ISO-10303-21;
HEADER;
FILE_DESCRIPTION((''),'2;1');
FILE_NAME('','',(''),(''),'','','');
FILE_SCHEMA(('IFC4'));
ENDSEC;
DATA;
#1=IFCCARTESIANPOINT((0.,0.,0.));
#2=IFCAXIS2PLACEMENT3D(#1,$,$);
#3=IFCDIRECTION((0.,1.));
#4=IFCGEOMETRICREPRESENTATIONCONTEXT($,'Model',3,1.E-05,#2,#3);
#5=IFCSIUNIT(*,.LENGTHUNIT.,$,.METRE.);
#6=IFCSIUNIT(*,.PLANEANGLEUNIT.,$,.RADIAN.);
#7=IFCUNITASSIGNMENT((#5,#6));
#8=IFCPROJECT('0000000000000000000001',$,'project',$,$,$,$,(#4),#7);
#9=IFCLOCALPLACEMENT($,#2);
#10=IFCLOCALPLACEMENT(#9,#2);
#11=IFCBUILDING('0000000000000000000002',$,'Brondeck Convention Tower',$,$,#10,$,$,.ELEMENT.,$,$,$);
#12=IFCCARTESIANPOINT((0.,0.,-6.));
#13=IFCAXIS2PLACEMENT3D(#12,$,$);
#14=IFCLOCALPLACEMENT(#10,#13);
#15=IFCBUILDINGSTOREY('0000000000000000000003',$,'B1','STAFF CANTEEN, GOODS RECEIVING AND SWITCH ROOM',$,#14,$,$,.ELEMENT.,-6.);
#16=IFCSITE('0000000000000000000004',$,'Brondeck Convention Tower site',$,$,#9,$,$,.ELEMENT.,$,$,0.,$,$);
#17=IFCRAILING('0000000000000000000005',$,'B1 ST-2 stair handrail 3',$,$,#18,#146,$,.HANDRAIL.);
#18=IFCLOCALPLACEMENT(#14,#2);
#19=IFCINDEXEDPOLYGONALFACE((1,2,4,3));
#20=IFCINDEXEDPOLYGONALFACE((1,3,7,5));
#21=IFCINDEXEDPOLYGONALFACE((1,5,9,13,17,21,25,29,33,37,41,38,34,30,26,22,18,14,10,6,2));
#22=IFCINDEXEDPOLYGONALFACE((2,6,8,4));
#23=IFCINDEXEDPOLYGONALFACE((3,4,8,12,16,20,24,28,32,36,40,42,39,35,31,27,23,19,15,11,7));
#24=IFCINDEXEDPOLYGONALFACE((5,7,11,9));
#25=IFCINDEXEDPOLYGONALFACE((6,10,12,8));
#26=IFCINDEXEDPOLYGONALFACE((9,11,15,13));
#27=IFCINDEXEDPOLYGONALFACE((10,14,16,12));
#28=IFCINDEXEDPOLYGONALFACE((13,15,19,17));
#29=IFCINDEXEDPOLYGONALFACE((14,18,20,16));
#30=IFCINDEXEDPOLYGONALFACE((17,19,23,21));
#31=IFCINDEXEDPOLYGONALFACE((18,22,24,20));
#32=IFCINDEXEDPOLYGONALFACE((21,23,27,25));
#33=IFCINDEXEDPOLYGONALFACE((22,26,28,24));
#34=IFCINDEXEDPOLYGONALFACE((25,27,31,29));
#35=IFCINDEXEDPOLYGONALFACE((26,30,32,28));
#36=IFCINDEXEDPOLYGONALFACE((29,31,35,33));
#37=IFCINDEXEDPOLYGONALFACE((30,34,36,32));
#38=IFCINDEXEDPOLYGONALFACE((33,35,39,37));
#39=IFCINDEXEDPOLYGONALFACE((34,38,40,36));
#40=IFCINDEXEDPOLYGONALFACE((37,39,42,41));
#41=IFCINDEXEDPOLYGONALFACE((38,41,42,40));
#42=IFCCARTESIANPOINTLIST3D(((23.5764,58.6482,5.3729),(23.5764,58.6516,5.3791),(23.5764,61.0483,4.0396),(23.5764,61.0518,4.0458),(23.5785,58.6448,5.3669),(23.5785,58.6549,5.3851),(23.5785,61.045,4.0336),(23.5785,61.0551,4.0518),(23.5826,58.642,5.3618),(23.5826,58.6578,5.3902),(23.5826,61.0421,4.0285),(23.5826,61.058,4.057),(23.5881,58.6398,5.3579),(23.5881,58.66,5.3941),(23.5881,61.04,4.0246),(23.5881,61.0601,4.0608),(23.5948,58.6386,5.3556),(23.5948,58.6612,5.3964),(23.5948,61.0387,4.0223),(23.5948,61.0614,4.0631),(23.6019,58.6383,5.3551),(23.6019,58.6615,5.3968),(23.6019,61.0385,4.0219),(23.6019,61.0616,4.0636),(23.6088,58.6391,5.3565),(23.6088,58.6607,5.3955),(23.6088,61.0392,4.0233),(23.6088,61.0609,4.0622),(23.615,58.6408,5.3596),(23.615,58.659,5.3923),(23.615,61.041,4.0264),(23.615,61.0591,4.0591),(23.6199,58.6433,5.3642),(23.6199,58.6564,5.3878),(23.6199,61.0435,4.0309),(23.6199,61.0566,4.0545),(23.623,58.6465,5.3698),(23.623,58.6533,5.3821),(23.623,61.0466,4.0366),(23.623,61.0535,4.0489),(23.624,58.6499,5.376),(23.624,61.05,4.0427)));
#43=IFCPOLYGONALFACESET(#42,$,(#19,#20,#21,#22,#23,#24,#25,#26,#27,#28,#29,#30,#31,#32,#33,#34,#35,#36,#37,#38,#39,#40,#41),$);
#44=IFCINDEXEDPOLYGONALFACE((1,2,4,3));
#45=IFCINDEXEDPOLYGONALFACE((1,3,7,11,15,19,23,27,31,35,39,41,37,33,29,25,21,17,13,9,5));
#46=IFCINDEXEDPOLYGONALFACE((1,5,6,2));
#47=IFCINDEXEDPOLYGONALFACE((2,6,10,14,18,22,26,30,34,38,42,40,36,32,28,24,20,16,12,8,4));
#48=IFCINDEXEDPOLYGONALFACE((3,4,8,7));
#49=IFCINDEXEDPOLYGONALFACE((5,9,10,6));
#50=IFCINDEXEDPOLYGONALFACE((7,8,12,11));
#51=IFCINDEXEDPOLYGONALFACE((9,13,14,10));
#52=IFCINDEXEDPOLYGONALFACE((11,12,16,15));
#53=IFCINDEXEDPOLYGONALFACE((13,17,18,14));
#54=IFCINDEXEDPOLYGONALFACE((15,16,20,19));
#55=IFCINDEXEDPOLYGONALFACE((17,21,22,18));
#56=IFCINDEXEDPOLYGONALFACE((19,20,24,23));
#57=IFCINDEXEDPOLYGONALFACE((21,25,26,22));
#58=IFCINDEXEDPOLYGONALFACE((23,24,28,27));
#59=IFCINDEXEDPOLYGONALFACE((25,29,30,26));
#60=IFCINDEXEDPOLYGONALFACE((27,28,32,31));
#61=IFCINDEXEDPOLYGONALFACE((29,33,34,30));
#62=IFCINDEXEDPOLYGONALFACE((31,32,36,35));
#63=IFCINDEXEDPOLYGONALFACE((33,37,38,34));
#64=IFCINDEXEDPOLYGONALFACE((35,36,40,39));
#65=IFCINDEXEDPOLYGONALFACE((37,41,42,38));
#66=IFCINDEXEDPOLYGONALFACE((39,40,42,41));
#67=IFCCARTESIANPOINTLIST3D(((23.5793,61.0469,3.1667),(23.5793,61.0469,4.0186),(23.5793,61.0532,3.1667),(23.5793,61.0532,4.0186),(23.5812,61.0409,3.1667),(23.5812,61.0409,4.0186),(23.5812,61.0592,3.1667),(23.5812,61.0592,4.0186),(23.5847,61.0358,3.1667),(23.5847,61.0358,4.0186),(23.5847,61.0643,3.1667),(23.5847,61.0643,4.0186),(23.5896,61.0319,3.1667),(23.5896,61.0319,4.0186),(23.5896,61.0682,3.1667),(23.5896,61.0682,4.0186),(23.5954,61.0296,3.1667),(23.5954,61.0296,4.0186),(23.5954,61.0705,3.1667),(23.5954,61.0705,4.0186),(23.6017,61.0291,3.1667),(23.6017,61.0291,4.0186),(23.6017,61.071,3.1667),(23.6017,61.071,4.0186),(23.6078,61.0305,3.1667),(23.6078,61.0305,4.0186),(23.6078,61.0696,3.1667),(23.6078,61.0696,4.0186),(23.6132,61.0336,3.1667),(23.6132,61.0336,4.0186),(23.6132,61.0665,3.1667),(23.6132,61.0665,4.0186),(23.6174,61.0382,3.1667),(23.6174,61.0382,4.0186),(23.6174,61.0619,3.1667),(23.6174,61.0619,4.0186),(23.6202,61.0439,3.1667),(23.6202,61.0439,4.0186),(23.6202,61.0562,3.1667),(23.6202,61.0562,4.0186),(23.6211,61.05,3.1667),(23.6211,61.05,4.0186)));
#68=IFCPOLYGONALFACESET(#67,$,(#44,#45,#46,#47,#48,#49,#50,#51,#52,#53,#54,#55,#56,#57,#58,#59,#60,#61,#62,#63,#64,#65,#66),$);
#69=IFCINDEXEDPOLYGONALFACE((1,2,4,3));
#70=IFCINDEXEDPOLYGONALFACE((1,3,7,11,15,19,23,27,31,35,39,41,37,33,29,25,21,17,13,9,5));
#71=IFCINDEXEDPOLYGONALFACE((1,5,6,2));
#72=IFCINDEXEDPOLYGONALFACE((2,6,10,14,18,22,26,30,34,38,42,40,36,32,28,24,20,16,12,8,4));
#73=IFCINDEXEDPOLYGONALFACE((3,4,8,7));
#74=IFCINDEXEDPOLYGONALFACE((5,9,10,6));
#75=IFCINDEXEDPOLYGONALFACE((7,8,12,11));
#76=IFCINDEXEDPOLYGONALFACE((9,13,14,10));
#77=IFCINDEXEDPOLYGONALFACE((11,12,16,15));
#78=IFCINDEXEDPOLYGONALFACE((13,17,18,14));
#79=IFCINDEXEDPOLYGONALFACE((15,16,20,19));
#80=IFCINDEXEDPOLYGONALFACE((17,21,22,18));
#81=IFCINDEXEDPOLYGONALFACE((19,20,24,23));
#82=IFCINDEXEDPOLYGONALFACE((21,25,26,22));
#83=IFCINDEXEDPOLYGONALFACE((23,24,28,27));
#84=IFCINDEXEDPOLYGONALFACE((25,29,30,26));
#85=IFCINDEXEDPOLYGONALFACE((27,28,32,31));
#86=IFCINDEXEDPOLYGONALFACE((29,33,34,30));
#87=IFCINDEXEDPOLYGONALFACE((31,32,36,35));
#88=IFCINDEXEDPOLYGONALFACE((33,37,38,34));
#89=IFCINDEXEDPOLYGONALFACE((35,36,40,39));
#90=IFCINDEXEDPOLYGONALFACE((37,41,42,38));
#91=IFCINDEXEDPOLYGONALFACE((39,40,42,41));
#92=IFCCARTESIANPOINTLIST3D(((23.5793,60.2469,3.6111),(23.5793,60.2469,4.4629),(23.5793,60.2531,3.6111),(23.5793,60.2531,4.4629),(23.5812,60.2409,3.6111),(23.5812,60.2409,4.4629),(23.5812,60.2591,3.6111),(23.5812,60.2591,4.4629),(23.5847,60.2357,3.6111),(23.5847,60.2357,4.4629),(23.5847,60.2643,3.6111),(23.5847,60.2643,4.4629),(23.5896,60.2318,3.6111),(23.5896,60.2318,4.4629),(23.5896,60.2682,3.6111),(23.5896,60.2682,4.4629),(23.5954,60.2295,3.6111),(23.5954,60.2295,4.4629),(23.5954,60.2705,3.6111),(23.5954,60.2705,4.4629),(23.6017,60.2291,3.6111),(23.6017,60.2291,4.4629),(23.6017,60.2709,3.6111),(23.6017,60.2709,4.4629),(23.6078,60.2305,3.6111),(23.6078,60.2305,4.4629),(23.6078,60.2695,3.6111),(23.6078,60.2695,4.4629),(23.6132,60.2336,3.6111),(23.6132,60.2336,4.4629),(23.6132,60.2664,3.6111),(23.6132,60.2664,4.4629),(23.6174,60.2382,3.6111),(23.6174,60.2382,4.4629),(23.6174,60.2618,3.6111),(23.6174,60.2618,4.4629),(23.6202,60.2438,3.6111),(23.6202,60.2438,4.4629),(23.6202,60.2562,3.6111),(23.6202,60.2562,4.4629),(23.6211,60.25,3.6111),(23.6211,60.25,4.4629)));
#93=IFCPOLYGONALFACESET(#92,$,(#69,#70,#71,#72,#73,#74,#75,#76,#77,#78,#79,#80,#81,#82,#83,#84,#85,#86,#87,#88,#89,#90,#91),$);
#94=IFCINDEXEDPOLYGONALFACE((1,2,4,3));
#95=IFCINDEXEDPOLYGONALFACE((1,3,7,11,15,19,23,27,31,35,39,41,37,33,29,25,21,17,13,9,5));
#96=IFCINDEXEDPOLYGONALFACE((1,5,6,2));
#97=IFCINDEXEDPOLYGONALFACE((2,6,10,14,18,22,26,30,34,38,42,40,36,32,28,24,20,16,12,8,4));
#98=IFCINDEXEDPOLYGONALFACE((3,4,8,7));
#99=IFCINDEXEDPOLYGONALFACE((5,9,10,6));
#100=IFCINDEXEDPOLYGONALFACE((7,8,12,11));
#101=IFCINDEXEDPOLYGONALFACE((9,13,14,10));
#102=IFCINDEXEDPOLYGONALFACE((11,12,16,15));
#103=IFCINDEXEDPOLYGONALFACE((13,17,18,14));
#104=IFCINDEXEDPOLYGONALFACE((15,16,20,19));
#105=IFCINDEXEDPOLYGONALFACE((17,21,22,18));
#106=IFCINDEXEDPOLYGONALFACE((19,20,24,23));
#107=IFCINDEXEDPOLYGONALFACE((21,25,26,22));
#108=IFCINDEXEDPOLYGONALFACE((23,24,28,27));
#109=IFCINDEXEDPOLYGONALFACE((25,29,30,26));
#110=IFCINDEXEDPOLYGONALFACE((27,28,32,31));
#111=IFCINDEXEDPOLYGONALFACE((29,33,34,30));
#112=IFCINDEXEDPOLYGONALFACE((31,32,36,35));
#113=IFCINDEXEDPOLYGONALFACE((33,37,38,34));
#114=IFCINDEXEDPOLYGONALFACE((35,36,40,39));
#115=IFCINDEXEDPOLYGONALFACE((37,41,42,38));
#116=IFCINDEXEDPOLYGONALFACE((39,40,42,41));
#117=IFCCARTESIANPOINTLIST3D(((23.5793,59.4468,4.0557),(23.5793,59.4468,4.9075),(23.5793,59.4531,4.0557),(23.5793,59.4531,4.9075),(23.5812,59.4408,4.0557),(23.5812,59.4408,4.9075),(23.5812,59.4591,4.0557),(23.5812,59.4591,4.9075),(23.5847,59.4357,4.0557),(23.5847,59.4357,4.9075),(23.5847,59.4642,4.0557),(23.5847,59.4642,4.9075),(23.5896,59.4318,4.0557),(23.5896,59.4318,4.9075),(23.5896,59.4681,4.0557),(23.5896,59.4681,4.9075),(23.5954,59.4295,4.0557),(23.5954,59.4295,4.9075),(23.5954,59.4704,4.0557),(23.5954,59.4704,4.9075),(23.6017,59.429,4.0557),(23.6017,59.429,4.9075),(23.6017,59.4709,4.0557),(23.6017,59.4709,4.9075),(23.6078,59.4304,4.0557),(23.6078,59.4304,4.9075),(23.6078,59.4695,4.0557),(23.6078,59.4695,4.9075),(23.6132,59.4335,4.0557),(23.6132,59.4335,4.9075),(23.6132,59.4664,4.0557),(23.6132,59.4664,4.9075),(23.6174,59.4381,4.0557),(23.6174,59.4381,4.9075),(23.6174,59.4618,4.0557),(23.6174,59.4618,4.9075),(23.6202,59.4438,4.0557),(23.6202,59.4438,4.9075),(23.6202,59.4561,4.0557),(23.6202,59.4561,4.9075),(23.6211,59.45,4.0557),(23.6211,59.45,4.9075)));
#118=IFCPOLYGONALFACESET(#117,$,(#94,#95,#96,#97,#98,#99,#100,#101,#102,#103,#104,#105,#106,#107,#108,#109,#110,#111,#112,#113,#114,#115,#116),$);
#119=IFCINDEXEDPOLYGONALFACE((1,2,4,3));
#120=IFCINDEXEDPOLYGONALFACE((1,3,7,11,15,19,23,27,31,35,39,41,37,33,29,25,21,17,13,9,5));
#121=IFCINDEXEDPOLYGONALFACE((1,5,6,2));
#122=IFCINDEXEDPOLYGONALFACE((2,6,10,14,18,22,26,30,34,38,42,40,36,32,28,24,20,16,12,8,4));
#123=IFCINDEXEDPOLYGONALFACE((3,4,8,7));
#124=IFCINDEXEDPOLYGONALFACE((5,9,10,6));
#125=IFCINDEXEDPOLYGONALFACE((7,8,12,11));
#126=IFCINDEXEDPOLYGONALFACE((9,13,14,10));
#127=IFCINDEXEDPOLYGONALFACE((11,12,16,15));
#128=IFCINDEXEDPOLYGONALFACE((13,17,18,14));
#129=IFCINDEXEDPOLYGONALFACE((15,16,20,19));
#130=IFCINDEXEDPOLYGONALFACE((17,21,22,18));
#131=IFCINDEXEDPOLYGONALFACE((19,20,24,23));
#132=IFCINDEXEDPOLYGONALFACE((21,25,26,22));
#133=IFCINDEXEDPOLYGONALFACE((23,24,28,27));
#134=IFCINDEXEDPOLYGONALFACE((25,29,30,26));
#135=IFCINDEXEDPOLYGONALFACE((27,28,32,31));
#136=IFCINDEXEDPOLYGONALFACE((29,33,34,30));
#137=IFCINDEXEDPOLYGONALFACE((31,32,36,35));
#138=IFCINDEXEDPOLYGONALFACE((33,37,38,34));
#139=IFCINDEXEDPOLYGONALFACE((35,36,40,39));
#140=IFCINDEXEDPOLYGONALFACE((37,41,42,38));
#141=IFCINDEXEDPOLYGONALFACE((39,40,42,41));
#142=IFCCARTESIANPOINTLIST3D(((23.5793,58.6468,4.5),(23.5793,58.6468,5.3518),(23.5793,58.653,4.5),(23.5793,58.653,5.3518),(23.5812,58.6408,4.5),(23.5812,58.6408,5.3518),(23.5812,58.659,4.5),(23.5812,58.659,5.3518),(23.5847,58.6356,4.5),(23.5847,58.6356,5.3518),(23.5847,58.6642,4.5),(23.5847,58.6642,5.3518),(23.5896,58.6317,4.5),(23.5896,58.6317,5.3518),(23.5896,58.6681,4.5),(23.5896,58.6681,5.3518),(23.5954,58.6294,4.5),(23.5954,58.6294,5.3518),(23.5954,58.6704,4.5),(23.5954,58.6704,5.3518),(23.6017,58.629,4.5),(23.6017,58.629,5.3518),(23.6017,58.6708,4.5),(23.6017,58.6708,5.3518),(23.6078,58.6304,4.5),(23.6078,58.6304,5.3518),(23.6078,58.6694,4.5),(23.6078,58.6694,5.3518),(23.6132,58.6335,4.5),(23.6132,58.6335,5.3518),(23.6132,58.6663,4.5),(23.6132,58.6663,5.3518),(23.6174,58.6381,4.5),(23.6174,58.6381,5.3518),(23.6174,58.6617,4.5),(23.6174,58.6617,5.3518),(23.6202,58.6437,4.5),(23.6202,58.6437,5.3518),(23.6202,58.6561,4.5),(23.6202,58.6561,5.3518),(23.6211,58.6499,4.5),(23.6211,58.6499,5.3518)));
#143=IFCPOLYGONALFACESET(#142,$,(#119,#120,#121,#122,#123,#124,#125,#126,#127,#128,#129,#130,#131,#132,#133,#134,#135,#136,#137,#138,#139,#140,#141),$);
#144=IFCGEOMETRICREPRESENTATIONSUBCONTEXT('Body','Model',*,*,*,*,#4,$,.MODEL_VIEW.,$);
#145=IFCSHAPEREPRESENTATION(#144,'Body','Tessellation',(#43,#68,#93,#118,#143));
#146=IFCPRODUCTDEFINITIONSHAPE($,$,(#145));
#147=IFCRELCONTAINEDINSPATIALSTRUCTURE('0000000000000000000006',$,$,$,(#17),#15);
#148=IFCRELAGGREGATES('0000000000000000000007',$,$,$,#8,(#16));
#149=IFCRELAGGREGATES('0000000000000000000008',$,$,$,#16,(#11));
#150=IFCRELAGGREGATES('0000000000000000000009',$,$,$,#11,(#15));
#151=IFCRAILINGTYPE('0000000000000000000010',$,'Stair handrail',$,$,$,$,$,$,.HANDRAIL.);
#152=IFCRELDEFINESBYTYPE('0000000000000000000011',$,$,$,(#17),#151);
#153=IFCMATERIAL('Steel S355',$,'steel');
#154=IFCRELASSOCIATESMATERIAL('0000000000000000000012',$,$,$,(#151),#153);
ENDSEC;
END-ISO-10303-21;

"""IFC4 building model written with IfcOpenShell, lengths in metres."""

from ifc_helpers import new_model, si_unit, direction, frame, origin, origin_2d, place, context, subcontext, project, spatial, circle, extrude, material, type_object, element, save


model = new_model("IFC4")

# Units and contexts
model_context = context("Model", 3, precision=1e-05, world=origin(), true_north=direction((0.0, 1.0)))
body_context = subcontext(model_context, "Body", "Model", "MODEL_VIEW")
ifc_project = project(units=[si_unit("LENGTHUNIT", "METRE"), si_unit("PLANEANGLEUNIT", "RADIAN")], contexts=[model_context])

# Site, building, storey
site_placement = place(None, origin())
site = spatial("IfcSite", under=ifc_project, at=site_placement, Name="Brondeck Convention Tower site", CompositionType="ELEMENT", RefElevation=0.0)
building_placement = place(site_placement, origin())
building = spatial("IfcBuilding", under=site, at=building_placement, Name="Brondeck Convention Tower", CompositionType="ELEMENT")
storey_placement = place(building_placement, frame((0.0, 0.0, -6.0)))
storey = spatial("IfcBuildingStorey", under=building, at=storey_placement, Name="B1", Description="STAFF CANTEEN, GOODS RECEIVING AND SWITCH ROOM", CompositionType="ELEMENT", Elevation=-6.0)

# Shared definitions
ifc_material_1 = material(Name="Steel S355", Category="steel")

# Railing
railing_type_1 = type_object("IfcRailingType", Name="Stair handrail", PredefinedType="HANDRAIL", material=ifc_material_1)
railing_1_placement = place(storey_placement, frame((23.6001, 61.05, 3.1667)))
element("IfcRailing", 1, at=railing_1_placement, inside=storey, type_object=railing_type_1, Name="B1 ST-2 stair handrail 3", PredefinedType="HANDRAIL", context=body_context, shape_type="SweptSolid", body=[
    extrude(circle(Radius=0.0239, at=origin_2d()), frame((0.0, 0.0, 0.876), z_axis=(0.0, -0.874182, 0.485598), x_axis=(1.0, 0.0, 0.0)), (0.0, 0.0, 1.0), 2.7456),
    extrude(circle(Radius=0.021, at=origin_2d()), origin(), (0.0, 0.0, 1.0), 0.8518),
    extrude(circle(Radius=0.021, at=origin_2d()), frame((0.0, -0.8, 0.4443)), (0.0, 0.0, 1.0), 0.8518),
    extrude(circle(Radius=0.021, at=origin_2d()), frame((0.0, -1.6001, 0.8889)), (0.0, 0.0, 1.0), 0.8518),
    extrude(circle(Radius=0.021, at=origin_2d()), frame((0.0, -2.4001, 1.3333)), (0.0, 0.0, 1.0), 0.8518),
])

save(model, "model.ifc")
